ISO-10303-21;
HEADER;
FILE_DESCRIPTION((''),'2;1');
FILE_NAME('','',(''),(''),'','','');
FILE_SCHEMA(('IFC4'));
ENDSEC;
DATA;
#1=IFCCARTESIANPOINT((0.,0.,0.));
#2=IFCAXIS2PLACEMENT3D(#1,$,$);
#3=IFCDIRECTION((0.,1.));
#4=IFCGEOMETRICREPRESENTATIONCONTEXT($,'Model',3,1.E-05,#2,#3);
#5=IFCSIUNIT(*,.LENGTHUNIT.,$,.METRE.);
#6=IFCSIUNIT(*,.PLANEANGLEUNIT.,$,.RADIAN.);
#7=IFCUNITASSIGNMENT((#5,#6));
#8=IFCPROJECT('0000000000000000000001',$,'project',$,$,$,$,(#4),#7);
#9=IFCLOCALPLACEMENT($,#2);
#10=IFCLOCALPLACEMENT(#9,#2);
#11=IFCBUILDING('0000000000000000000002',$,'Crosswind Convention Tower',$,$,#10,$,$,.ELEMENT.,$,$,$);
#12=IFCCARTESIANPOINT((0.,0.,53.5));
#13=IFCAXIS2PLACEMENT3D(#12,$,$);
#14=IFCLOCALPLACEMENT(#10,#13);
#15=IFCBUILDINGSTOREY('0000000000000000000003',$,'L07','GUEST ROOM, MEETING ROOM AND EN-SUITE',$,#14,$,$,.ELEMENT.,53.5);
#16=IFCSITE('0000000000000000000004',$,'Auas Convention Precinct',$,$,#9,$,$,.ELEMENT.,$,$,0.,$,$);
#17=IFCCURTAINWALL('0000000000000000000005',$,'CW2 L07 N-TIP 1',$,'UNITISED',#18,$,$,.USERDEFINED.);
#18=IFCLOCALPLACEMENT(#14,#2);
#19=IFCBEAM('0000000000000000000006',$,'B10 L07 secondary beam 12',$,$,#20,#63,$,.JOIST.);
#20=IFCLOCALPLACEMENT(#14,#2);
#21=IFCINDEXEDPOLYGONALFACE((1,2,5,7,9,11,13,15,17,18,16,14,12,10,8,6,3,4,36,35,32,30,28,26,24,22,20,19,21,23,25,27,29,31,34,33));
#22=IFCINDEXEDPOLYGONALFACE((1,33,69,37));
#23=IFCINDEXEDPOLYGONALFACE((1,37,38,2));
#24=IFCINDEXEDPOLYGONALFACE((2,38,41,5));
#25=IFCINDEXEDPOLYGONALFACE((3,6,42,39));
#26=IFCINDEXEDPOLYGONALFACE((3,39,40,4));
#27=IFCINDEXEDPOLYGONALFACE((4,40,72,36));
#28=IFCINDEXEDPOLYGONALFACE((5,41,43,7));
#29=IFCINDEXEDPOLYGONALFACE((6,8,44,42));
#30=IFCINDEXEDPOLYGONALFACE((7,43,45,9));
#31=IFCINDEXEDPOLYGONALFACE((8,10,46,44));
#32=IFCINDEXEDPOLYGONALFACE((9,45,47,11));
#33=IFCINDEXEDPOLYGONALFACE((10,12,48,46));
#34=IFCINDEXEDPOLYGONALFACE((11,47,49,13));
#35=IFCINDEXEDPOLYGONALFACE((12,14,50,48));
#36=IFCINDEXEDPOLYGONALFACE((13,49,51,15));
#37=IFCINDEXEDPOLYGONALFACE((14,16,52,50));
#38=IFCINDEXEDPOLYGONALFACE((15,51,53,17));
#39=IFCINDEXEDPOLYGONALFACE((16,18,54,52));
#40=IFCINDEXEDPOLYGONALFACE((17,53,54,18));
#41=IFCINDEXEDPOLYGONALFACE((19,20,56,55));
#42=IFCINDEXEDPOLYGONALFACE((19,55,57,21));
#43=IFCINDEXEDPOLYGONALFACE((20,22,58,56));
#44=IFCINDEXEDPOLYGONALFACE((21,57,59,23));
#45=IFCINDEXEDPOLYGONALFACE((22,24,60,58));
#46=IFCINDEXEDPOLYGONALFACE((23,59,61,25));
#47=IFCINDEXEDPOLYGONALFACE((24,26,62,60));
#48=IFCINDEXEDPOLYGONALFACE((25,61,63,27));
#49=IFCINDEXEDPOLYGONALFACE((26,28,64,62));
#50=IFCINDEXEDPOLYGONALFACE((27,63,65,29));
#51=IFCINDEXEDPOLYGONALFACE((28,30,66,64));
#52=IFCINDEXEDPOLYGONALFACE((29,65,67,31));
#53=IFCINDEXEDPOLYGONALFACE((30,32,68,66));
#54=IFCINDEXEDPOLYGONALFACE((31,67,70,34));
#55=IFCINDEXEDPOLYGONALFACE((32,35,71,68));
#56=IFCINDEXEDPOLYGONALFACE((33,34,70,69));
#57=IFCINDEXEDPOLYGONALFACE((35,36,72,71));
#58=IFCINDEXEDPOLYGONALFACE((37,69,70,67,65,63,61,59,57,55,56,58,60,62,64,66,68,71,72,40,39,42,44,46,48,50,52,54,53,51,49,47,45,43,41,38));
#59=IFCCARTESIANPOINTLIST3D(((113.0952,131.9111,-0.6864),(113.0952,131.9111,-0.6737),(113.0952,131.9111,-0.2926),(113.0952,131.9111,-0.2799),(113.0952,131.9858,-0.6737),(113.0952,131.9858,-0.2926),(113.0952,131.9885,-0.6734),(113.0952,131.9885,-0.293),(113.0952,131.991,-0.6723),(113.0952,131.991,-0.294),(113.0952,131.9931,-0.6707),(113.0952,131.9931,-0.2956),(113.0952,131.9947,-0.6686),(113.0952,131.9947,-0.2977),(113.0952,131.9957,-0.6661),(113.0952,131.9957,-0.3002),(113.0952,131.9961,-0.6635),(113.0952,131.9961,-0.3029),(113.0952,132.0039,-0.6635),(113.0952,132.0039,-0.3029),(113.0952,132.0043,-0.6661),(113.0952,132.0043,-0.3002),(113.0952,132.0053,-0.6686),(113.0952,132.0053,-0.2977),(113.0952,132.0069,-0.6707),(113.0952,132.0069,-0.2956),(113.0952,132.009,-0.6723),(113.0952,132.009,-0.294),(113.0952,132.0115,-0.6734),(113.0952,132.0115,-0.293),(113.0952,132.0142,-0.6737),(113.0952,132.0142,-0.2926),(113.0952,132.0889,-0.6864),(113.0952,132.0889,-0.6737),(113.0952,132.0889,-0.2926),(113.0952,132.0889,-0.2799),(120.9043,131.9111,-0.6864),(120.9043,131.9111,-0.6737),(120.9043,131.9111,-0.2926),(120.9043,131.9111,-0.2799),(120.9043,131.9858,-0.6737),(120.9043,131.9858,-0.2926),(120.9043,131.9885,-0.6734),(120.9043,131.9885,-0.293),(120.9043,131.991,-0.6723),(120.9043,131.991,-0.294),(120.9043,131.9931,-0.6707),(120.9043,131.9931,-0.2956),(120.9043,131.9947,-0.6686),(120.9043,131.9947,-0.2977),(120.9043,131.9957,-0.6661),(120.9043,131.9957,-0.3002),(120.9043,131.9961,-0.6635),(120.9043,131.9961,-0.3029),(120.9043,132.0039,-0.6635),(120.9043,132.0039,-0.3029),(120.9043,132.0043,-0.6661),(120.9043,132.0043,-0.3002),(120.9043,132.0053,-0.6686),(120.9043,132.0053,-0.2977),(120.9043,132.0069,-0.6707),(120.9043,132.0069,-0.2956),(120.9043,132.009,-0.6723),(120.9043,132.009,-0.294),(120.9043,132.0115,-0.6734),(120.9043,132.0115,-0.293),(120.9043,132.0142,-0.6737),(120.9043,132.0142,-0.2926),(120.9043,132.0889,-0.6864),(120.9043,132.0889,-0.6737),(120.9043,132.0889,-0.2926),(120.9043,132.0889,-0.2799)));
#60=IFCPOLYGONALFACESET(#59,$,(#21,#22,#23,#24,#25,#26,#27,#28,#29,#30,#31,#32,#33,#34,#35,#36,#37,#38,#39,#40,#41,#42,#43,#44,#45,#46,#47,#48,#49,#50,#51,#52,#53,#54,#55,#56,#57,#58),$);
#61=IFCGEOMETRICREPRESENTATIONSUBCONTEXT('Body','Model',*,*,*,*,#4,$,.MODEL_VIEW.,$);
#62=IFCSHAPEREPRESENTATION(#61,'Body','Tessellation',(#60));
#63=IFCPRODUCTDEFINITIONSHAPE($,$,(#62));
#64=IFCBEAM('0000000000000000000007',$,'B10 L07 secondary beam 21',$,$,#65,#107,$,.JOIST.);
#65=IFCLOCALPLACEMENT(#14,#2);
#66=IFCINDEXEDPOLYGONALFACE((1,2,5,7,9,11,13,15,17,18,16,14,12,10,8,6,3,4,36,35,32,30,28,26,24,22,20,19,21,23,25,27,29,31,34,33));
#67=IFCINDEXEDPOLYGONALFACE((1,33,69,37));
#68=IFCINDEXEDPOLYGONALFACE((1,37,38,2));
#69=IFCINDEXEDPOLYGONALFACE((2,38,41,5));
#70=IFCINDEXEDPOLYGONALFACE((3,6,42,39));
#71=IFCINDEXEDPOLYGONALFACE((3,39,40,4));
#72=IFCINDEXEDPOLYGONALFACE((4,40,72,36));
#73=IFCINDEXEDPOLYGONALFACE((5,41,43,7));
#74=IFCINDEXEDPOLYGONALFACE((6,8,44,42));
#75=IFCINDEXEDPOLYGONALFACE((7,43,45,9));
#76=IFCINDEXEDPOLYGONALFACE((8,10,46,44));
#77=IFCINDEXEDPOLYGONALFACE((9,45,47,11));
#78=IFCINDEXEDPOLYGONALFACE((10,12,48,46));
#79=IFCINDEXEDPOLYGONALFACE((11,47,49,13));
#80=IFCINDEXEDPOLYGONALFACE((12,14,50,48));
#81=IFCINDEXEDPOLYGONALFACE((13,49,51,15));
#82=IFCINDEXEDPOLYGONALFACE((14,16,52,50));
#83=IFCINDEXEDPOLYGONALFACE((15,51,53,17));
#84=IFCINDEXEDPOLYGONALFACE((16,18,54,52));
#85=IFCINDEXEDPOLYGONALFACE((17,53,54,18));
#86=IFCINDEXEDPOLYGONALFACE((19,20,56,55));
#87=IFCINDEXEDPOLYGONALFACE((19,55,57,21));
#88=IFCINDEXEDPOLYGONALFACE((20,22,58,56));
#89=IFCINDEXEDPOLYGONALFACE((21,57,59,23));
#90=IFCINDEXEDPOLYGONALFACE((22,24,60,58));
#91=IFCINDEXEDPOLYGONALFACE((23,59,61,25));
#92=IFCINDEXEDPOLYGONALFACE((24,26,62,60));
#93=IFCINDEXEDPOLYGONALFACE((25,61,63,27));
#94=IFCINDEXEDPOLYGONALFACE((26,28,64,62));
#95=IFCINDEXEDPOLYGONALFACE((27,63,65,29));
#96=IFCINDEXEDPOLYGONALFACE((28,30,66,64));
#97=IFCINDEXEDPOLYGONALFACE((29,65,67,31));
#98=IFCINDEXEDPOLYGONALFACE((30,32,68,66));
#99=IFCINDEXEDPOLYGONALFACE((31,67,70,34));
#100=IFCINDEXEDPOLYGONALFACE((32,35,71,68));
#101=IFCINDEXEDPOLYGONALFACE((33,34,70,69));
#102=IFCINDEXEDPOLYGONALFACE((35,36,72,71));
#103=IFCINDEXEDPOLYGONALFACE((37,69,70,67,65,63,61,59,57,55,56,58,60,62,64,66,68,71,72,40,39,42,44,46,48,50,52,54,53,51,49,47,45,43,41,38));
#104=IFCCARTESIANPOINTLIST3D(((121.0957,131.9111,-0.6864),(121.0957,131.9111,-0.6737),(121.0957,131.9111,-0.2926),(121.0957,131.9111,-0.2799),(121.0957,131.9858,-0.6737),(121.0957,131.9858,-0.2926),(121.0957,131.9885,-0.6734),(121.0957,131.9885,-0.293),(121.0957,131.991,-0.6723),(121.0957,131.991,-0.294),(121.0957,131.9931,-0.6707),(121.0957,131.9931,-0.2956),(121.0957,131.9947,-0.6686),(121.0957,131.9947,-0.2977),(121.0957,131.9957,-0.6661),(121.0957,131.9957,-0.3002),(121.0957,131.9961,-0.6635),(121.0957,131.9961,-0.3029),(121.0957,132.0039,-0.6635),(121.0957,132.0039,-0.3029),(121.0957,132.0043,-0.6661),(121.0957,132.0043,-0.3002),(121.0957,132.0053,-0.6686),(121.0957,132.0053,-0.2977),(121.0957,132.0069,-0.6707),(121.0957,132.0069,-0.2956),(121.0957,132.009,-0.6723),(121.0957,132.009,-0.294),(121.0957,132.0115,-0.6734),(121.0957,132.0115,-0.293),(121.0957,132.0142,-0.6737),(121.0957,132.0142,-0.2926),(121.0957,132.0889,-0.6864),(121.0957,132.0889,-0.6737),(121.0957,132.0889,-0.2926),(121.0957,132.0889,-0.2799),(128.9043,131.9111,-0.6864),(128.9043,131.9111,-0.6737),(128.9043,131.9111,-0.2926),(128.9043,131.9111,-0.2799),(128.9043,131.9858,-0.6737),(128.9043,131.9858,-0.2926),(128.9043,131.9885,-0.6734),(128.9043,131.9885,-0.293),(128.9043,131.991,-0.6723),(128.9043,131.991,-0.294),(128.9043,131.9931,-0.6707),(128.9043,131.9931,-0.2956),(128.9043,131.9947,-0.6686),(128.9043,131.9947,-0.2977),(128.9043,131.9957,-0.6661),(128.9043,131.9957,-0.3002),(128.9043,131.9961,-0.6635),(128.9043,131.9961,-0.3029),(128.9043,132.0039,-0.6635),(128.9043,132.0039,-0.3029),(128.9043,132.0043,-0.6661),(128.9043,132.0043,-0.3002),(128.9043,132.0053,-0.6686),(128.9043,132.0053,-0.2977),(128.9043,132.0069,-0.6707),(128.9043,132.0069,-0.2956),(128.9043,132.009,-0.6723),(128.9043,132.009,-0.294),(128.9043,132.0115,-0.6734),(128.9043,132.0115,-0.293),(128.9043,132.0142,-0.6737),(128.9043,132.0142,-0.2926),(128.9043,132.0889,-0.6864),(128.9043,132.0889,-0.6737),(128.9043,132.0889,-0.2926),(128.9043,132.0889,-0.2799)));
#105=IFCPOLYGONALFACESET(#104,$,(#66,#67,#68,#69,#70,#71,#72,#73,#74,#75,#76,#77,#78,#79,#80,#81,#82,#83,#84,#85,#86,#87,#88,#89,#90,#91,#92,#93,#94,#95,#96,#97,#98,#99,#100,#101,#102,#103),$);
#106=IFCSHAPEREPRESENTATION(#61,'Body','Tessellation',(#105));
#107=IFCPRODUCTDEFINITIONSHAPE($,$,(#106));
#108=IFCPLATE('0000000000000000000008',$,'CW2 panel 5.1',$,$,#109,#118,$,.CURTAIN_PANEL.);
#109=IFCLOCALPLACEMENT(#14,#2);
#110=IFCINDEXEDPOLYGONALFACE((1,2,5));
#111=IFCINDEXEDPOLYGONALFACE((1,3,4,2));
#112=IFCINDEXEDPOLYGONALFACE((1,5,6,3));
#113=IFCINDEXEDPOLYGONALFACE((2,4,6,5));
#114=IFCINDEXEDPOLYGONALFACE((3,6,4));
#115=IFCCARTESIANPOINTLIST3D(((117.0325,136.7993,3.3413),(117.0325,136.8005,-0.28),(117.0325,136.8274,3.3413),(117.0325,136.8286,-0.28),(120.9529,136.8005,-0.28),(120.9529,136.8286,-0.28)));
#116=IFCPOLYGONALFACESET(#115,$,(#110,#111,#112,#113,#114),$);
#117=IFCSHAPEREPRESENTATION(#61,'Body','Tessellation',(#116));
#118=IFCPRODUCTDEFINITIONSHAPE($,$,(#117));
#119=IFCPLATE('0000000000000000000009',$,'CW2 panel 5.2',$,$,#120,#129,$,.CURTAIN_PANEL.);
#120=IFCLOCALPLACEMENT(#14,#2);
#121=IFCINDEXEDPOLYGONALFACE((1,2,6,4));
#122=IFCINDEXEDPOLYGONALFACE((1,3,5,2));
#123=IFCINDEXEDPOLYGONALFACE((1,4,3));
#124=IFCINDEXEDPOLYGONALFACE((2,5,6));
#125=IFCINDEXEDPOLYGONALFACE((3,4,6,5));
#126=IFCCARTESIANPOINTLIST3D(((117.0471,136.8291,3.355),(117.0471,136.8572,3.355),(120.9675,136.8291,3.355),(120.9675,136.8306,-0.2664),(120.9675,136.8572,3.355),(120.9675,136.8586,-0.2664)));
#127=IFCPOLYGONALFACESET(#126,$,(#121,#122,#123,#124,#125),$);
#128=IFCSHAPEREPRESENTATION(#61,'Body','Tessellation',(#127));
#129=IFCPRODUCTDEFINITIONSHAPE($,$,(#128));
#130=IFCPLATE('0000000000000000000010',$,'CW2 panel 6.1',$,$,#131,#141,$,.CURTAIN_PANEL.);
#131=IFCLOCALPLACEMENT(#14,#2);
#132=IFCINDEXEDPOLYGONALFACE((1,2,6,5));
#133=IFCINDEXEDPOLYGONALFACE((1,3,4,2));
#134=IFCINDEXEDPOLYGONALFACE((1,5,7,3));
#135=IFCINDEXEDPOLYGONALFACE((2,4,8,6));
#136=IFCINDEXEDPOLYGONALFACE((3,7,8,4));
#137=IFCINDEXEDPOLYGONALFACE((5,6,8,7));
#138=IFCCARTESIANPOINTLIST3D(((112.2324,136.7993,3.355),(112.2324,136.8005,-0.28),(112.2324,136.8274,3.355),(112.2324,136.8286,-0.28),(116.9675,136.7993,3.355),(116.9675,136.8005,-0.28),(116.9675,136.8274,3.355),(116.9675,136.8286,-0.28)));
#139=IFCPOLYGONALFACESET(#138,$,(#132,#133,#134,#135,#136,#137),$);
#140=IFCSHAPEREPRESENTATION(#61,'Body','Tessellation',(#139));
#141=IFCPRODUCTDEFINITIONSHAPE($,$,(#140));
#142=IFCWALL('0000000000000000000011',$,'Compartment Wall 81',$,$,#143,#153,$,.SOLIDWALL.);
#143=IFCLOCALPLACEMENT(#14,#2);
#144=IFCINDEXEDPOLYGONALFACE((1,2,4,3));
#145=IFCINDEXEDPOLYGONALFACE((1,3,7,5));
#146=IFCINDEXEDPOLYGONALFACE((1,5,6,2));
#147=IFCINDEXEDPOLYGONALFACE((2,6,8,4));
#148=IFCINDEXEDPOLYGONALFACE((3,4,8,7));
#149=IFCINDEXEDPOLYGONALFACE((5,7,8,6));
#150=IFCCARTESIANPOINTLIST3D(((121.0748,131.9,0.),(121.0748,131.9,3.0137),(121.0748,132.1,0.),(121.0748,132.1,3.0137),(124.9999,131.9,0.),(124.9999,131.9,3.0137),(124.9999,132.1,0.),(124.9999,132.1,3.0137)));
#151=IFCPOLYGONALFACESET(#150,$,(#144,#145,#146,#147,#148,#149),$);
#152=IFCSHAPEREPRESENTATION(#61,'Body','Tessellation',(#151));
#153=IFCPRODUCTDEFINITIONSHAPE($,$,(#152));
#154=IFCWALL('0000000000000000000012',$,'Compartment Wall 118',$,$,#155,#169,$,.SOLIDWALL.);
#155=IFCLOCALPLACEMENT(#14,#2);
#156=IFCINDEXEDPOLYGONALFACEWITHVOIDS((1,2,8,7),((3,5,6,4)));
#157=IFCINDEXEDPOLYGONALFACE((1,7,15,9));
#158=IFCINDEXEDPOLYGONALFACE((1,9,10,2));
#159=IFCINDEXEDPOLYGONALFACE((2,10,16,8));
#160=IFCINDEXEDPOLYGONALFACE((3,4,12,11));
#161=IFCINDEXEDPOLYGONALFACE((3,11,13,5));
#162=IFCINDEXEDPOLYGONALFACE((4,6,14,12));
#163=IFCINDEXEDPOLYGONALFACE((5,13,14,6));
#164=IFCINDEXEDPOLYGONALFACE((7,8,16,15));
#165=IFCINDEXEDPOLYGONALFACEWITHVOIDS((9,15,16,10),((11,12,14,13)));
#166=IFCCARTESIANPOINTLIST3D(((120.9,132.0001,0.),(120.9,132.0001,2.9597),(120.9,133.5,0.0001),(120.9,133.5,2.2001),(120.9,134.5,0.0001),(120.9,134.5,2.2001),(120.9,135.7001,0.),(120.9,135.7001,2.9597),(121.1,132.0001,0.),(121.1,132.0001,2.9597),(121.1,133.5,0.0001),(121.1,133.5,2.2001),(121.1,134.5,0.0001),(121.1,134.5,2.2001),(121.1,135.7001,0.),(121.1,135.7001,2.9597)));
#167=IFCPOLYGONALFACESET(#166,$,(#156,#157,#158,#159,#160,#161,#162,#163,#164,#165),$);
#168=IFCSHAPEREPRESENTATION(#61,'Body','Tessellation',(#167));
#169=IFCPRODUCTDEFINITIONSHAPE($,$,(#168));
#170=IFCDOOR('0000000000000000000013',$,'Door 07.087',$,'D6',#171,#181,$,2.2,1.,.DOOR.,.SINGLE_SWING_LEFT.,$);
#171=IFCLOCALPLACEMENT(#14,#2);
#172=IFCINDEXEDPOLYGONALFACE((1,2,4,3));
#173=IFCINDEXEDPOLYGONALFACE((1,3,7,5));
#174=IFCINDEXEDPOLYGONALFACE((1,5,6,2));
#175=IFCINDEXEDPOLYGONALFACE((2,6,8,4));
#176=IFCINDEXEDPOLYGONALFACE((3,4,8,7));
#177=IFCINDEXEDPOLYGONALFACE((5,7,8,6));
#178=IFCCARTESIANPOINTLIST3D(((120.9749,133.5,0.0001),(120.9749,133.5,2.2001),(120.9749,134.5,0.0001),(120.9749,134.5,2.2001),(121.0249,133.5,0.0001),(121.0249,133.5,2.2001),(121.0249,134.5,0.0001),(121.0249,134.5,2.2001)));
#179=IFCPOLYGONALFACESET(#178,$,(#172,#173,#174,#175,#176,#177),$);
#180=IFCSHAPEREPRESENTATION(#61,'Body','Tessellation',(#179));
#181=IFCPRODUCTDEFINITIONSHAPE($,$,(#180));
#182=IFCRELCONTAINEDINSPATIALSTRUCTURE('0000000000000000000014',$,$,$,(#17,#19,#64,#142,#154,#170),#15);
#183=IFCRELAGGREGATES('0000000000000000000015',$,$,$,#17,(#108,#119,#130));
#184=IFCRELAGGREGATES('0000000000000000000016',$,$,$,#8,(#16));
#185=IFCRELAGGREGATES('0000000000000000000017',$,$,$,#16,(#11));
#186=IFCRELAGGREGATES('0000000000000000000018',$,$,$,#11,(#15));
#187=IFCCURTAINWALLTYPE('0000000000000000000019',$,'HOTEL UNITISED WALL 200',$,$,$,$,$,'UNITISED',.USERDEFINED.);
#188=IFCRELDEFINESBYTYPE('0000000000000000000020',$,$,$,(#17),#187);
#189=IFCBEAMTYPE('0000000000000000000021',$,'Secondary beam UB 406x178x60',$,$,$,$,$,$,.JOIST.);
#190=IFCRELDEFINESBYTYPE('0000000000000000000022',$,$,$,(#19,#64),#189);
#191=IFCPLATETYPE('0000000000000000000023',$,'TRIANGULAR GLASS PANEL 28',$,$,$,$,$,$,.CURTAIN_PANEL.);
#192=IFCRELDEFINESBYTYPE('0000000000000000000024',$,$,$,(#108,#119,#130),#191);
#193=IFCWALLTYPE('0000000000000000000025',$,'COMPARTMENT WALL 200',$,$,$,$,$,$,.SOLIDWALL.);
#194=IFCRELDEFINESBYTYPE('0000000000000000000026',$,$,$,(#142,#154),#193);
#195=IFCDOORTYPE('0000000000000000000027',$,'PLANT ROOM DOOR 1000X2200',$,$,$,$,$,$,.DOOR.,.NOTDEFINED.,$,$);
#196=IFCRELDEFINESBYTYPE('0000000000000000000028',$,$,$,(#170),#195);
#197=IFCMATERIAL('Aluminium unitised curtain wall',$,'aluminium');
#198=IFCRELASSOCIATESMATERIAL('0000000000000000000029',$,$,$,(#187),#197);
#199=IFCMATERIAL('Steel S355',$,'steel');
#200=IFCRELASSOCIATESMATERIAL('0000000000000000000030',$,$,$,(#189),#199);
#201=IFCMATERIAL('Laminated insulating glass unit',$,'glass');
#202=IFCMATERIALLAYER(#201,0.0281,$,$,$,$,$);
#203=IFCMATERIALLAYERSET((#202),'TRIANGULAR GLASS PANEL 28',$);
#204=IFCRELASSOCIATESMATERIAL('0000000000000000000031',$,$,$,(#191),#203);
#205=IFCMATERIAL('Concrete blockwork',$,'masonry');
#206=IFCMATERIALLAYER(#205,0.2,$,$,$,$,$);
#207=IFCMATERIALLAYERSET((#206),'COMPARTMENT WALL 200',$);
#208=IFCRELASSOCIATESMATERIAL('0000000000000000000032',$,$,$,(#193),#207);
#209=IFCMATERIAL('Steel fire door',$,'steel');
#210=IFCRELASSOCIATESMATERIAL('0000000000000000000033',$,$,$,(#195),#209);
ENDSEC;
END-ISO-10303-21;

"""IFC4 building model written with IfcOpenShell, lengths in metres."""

from ifc_helpers import new_model, si_unit, direction, frame, frame_2d, origin, origin_2d, place, context, subcontext, project, spatial, polyline, rectangle, i_section, outline, extrude, material, layer, layer_set, material_profile, profile_set, type_object, element, fill, aggregate, save


model = new_model("IFC4")

# Units and contexts
model_context = context("Model", 3, precision=1e-05, world=origin(), true_north=direction((0.0, 1.0)))
body_context = subcontext(model_context, "Body", "Model", "MODEL_VIEW")
ifc_project = project(units=[si_unit("LENGTHUNIT", "METRE"), si_unit("PLANEANGLEUNIT", "RADIAN")], contexts=[model_context])

# Site, building, storey
site_placement = place(None, origin())
site = spatial("IfcSite", under=ifc_project, at=site_placement, Name="Auas Convention Precinct", CompositionType="ELEMENT", RefElevation=0.0)
building_placement = place(site_placement, origin())
building = spatial("IfcBuilding", under=site, at=building_placement, Name="Crosswind Convention Tower", CompositionType="ELEMENT")
storey_placement = place(building_placement, frame((0.0, 0.0, 53.5)))
storey = spatial("IfcBuildingStorey", under=building, at=storey_placement, Name="L07", Description="GUEST ROOM, MEETING ROOM AND EN-SUITE", CompositionType="ELEMENT", Elevation=53.5)

# Shared definitions
ifc_material_1 = material(Name="Steel S355", Category="steel")

# Curtain wall
ifc_material_2 = material(Name="Aluminium unitised curtain wall", Category="aluminium")
curtain_wall_type = type_object("IfcCurtainWallType", Name="HOTEL UNITISED WALL 200", ElementType="UNITISED", PredefinedType="USERDEFINED", material=ifc_material_2)
curtain_wall_placement = place(storey_placement, origin())
curtain_wall = element("IfcCurtainWall", 1, at=curtain_wall_placement, inside=storey, type_object=curtain_wall_type, Name="CW2 L07 N-TIP 1", ObjectType="UNITISED", PredefinedType="USERDEFINED")

# Beams
ifc_material_profile_1 = material_profile(ifc_material_1, i_section(OverallWidth=0.1777, OverallDepth=0.4065, WebThickness=0.0078, FlangeThickness=0.0127, FilletRadius=0.0103, at=origin_2d()), Name="UB 406x178x60")
ifc_profile_set_1 = profile_set([ifc_material_profile_1], Name="Steel S355")
beam_type_1 = type_object("IfcBeamType", Name="Secondary beam UB 406x178x60", PredefinedType="JOIST", material=ifc_profile_set_1)
beam_1_placement = place(storey_placement, frame((113.0952, 132.0, -0.4832), z_axis=(1.0, 0.0, 0.0), x_axis=(0.0, 1.0, 0.0)))
element("IfcBeam", 2, at=beam_1_placement, inside=storey, type_object=beam_type_1, Name="B10 L07 secondary beam 12", PredefinedType="JOIST", context=body_context, shape_type="SweptSolid", body=[
    extrude(i_section(OverallWidth=0.1777, OverallDepth=0.4065, WebThickness=0.0078, FlangeThickness=0.0127, FilletRadius=0.0103, at=origin_2d()), origin(), (0.0, 0.0, 1.0), 7.8091),
])
beam_2_placement = place(storey_placement, frame((121.0957, 132.0, -0.4832), z_axis=(1.0, 0.0, 0.0), x_axis=(0.0, 1.0, 0.0)))
element("IfcBeam", 3, at=beam_2_placement, inside=storey, type_object=beam_type_1, Name="B10 L07 secondary beam 21", PredefinedType="JOIST", context=body_context, shape_type="SweptSolid", body=[
    extrude(i_section(OverallWidth=0.1777, OverallDepth=0.4065, WebThickness=0.0078, FlangeThickness=0.0127, FilletRadius=0.0103, at=origin_2d()), origin(), (0.0, 0.0, 1.0), 7.8086),
])

# Plates
ifc_material_3 = material(Name="Laminated insulating glass unit", Category="glass")
ifc_layer_1 = layer(ifc_material_3, 0.0281)
ifc_layer_set_1 = layer_set([ifc_layer_1], Name="TRIANGULAR GLASS PANEL 28")
plate_type = type_object("IfcPlateType", Name="TRIANGULAR GLASS PANEL 28", PredefinedType="CURTAIN_PANEL", material=ifc_layer_set_1)
plate_1_placement = place(storey_placement, frame((117.0325, 136.8286, -0.28), z_axis=(0.0, 1.0, 0.000337), x_axis=(0.0, -0.000337, 1.0)))
plate_1 = element("IfcPlate", 4, at=plate_1_placement, type_object=plate_type, Name="CW2 panel 5.1", PredefinedType="CURTAIN_PANEL", context=body_context, shape_type="SweptSolid", body=[
    extrude(outline(polyline([(0.0, 0.0), (3.6213, 0.0), (0.0, 3.9204), (0.0, 0.0)])), origin(), (0.0, 0.0, -1.0), 0.0281),
])
plate_2_placement = place(storey_placement, frame((120.9675, 136.8572, 3.355), z_axis=(0.0, 1.0, 0.000405), x_axis=(0.0, 0.000405, -1.0)))
plate_2 = element("IfcPlate", 5, at=plate_2_placement, type_object=plate_type, Name="CW2 panel 5.2", PredefinedType="CURTAIN_PANEL", context=body_context, shape_type="SweptSolid", body=[
    extrude(outline(polyline([(0.0, 0.0), (3.6213, 0.0), (0.0, 3.9204), (0.0, 0.0)])), origin(), (0.0, 0.0, -1.0), 0.0281),
])
plate_3_placement = place(storey_placement, frame((116.9675, 136.8286, -0.28), z_axis=(0.0, 1.0, 0.000336), x_axis=(-1.0, 0.0, 0.0)))
plate_3 = element("IfcPlate", 6, at=plate_3_placement, type_object=plate_type, Name="CW2 panel 6.1", PredefinedType="CURTAIN_PANEL", context=body_context, shape_type="SweptSolid", body=[
    extrude(outline(polyline([(0.0, 0.0), (4.7351, 0.0), (4.7351, 3.635), (0.0, 3.635), (0.0, 0.0)])), origin(), (0.0, 0.0, -1.0), 0.0281),
])
aggregate(curtain_wall, [plate_1, plate_2, plate_3])

# Wall
ifc_material_4 = material(Name="Concrete blockwork", Category="masonry")
ifc_layer_2 = layer(ifc_material_4, 0.2)
ifc_layer_set_2 = layer_set([ifc_layer_2], Name="COMPARTMENT WALL 200")
wall_type_1 = type_object("IfcWallType", Name="COMPARTMENT WALL 200", PredefinedType="SOLIDWALL", material=ifc_layer_set_2)
wall_1_placement = place(storey_placement, frame((121.075, 132.0, 0.0), z_axis=(0.0, 0.0, 1.0), x_axis=(1.0, 0.0, 0.0)))
element("IfcWall", 7, at=wall_1_placement, inside=storey, type_object=wall_type_1, Name="Compartment Wall 81", PredefinedType="SOLIDWALL", context=body_context, shape_type="SweptSolid", body=[
    extrude(rectangle(XDim=3.925, YDim=0.2, at=frame_2d((1.9624, 0.0))), origin(), (0.0, 0.0, 1.0), 3.0137),
])

# Wall, opening, door
wall_2_placement = place(storey_placement, frame((121.0, 132.0, 0.0), z_axis=(0.0, 0.0, 1.0), x_axis=(0.0, 1.0, 0.0)))
wall_2 = element("IfcWall", 8, at=wall_2_placement, inside=storey, type_object=wall_type_1, Name="Compartment Wall 118", PredefinedType="SOLIDWALL", context=body_context, shape_type="SweptSolid", body=[
    extrude(rectangle(XDim=3.7, YDim=0.2, at=frame_2d((1.8501, 0.0))), origin(), (0.0, 0.0, 1.0), 2.9597),
])
opening_1_placement = place(wall_2_placement, frame((1.5, 0.0, 0.0)))
opening_1 = element("IfcOpeningElement", 9, at=opening_1_placement, cuts=wall_2, PredefinedType="OPENING", context=body_context, shape_type="SweptSolid", body=[
    extrude(rectangle(XDim=1.0, YDim=2.2, at=frame_2d((0.5, 1.1001))), frame((0.0, 0.1099, 0.0), z_axis=(0.0, -1.0, 0.0), x_axis=(1.0, 0.0, 0.0)), (0.0, 0.0, 1.0), 0.22),
])
ifc_material_5 = material(Name="Steel fire door", Category="steel")
door_type_1 = type_object("IfcDoorType", Name="PLANT ROOM DOOR 1000X2200", OperationType="NOTDEFINED", PredefinedType="DOOR", material=ifc_material_5)
door_1_placement = place(opening_1_placement, frame((1.0, 0.0, 0.0), z_axis=(0.0, 0.0, 1.0), x_axis=(-1.0, 0.0, 0.0)))
door_1 = element("IfcDoor", 10, at=door_1_placement, inside=storey, type_object=door_type_1, Name="Door 07.087", ObjectType="D6", OperationType="SINGLE_SWING_LEFT", OverallHeight=2.2, OverallWidth=1.0, PredefinedType="DOOR", context=body_context, shape_type="SweptSolid", body=[
    extrude(rectangle(XDim=1.0, YDim=2.2, at=frame_2d((0.5, 1.1001))), frame((0.0, 0.0249, 0.0), z_axis=(0.0, -1.0, 0.0), x_axis=(1.0, 0.0, 0.0)), (0.0, 0.0, 1.0), 0.05),
])
fill(opening_1, door_1)

save(model, "model.ifc")
